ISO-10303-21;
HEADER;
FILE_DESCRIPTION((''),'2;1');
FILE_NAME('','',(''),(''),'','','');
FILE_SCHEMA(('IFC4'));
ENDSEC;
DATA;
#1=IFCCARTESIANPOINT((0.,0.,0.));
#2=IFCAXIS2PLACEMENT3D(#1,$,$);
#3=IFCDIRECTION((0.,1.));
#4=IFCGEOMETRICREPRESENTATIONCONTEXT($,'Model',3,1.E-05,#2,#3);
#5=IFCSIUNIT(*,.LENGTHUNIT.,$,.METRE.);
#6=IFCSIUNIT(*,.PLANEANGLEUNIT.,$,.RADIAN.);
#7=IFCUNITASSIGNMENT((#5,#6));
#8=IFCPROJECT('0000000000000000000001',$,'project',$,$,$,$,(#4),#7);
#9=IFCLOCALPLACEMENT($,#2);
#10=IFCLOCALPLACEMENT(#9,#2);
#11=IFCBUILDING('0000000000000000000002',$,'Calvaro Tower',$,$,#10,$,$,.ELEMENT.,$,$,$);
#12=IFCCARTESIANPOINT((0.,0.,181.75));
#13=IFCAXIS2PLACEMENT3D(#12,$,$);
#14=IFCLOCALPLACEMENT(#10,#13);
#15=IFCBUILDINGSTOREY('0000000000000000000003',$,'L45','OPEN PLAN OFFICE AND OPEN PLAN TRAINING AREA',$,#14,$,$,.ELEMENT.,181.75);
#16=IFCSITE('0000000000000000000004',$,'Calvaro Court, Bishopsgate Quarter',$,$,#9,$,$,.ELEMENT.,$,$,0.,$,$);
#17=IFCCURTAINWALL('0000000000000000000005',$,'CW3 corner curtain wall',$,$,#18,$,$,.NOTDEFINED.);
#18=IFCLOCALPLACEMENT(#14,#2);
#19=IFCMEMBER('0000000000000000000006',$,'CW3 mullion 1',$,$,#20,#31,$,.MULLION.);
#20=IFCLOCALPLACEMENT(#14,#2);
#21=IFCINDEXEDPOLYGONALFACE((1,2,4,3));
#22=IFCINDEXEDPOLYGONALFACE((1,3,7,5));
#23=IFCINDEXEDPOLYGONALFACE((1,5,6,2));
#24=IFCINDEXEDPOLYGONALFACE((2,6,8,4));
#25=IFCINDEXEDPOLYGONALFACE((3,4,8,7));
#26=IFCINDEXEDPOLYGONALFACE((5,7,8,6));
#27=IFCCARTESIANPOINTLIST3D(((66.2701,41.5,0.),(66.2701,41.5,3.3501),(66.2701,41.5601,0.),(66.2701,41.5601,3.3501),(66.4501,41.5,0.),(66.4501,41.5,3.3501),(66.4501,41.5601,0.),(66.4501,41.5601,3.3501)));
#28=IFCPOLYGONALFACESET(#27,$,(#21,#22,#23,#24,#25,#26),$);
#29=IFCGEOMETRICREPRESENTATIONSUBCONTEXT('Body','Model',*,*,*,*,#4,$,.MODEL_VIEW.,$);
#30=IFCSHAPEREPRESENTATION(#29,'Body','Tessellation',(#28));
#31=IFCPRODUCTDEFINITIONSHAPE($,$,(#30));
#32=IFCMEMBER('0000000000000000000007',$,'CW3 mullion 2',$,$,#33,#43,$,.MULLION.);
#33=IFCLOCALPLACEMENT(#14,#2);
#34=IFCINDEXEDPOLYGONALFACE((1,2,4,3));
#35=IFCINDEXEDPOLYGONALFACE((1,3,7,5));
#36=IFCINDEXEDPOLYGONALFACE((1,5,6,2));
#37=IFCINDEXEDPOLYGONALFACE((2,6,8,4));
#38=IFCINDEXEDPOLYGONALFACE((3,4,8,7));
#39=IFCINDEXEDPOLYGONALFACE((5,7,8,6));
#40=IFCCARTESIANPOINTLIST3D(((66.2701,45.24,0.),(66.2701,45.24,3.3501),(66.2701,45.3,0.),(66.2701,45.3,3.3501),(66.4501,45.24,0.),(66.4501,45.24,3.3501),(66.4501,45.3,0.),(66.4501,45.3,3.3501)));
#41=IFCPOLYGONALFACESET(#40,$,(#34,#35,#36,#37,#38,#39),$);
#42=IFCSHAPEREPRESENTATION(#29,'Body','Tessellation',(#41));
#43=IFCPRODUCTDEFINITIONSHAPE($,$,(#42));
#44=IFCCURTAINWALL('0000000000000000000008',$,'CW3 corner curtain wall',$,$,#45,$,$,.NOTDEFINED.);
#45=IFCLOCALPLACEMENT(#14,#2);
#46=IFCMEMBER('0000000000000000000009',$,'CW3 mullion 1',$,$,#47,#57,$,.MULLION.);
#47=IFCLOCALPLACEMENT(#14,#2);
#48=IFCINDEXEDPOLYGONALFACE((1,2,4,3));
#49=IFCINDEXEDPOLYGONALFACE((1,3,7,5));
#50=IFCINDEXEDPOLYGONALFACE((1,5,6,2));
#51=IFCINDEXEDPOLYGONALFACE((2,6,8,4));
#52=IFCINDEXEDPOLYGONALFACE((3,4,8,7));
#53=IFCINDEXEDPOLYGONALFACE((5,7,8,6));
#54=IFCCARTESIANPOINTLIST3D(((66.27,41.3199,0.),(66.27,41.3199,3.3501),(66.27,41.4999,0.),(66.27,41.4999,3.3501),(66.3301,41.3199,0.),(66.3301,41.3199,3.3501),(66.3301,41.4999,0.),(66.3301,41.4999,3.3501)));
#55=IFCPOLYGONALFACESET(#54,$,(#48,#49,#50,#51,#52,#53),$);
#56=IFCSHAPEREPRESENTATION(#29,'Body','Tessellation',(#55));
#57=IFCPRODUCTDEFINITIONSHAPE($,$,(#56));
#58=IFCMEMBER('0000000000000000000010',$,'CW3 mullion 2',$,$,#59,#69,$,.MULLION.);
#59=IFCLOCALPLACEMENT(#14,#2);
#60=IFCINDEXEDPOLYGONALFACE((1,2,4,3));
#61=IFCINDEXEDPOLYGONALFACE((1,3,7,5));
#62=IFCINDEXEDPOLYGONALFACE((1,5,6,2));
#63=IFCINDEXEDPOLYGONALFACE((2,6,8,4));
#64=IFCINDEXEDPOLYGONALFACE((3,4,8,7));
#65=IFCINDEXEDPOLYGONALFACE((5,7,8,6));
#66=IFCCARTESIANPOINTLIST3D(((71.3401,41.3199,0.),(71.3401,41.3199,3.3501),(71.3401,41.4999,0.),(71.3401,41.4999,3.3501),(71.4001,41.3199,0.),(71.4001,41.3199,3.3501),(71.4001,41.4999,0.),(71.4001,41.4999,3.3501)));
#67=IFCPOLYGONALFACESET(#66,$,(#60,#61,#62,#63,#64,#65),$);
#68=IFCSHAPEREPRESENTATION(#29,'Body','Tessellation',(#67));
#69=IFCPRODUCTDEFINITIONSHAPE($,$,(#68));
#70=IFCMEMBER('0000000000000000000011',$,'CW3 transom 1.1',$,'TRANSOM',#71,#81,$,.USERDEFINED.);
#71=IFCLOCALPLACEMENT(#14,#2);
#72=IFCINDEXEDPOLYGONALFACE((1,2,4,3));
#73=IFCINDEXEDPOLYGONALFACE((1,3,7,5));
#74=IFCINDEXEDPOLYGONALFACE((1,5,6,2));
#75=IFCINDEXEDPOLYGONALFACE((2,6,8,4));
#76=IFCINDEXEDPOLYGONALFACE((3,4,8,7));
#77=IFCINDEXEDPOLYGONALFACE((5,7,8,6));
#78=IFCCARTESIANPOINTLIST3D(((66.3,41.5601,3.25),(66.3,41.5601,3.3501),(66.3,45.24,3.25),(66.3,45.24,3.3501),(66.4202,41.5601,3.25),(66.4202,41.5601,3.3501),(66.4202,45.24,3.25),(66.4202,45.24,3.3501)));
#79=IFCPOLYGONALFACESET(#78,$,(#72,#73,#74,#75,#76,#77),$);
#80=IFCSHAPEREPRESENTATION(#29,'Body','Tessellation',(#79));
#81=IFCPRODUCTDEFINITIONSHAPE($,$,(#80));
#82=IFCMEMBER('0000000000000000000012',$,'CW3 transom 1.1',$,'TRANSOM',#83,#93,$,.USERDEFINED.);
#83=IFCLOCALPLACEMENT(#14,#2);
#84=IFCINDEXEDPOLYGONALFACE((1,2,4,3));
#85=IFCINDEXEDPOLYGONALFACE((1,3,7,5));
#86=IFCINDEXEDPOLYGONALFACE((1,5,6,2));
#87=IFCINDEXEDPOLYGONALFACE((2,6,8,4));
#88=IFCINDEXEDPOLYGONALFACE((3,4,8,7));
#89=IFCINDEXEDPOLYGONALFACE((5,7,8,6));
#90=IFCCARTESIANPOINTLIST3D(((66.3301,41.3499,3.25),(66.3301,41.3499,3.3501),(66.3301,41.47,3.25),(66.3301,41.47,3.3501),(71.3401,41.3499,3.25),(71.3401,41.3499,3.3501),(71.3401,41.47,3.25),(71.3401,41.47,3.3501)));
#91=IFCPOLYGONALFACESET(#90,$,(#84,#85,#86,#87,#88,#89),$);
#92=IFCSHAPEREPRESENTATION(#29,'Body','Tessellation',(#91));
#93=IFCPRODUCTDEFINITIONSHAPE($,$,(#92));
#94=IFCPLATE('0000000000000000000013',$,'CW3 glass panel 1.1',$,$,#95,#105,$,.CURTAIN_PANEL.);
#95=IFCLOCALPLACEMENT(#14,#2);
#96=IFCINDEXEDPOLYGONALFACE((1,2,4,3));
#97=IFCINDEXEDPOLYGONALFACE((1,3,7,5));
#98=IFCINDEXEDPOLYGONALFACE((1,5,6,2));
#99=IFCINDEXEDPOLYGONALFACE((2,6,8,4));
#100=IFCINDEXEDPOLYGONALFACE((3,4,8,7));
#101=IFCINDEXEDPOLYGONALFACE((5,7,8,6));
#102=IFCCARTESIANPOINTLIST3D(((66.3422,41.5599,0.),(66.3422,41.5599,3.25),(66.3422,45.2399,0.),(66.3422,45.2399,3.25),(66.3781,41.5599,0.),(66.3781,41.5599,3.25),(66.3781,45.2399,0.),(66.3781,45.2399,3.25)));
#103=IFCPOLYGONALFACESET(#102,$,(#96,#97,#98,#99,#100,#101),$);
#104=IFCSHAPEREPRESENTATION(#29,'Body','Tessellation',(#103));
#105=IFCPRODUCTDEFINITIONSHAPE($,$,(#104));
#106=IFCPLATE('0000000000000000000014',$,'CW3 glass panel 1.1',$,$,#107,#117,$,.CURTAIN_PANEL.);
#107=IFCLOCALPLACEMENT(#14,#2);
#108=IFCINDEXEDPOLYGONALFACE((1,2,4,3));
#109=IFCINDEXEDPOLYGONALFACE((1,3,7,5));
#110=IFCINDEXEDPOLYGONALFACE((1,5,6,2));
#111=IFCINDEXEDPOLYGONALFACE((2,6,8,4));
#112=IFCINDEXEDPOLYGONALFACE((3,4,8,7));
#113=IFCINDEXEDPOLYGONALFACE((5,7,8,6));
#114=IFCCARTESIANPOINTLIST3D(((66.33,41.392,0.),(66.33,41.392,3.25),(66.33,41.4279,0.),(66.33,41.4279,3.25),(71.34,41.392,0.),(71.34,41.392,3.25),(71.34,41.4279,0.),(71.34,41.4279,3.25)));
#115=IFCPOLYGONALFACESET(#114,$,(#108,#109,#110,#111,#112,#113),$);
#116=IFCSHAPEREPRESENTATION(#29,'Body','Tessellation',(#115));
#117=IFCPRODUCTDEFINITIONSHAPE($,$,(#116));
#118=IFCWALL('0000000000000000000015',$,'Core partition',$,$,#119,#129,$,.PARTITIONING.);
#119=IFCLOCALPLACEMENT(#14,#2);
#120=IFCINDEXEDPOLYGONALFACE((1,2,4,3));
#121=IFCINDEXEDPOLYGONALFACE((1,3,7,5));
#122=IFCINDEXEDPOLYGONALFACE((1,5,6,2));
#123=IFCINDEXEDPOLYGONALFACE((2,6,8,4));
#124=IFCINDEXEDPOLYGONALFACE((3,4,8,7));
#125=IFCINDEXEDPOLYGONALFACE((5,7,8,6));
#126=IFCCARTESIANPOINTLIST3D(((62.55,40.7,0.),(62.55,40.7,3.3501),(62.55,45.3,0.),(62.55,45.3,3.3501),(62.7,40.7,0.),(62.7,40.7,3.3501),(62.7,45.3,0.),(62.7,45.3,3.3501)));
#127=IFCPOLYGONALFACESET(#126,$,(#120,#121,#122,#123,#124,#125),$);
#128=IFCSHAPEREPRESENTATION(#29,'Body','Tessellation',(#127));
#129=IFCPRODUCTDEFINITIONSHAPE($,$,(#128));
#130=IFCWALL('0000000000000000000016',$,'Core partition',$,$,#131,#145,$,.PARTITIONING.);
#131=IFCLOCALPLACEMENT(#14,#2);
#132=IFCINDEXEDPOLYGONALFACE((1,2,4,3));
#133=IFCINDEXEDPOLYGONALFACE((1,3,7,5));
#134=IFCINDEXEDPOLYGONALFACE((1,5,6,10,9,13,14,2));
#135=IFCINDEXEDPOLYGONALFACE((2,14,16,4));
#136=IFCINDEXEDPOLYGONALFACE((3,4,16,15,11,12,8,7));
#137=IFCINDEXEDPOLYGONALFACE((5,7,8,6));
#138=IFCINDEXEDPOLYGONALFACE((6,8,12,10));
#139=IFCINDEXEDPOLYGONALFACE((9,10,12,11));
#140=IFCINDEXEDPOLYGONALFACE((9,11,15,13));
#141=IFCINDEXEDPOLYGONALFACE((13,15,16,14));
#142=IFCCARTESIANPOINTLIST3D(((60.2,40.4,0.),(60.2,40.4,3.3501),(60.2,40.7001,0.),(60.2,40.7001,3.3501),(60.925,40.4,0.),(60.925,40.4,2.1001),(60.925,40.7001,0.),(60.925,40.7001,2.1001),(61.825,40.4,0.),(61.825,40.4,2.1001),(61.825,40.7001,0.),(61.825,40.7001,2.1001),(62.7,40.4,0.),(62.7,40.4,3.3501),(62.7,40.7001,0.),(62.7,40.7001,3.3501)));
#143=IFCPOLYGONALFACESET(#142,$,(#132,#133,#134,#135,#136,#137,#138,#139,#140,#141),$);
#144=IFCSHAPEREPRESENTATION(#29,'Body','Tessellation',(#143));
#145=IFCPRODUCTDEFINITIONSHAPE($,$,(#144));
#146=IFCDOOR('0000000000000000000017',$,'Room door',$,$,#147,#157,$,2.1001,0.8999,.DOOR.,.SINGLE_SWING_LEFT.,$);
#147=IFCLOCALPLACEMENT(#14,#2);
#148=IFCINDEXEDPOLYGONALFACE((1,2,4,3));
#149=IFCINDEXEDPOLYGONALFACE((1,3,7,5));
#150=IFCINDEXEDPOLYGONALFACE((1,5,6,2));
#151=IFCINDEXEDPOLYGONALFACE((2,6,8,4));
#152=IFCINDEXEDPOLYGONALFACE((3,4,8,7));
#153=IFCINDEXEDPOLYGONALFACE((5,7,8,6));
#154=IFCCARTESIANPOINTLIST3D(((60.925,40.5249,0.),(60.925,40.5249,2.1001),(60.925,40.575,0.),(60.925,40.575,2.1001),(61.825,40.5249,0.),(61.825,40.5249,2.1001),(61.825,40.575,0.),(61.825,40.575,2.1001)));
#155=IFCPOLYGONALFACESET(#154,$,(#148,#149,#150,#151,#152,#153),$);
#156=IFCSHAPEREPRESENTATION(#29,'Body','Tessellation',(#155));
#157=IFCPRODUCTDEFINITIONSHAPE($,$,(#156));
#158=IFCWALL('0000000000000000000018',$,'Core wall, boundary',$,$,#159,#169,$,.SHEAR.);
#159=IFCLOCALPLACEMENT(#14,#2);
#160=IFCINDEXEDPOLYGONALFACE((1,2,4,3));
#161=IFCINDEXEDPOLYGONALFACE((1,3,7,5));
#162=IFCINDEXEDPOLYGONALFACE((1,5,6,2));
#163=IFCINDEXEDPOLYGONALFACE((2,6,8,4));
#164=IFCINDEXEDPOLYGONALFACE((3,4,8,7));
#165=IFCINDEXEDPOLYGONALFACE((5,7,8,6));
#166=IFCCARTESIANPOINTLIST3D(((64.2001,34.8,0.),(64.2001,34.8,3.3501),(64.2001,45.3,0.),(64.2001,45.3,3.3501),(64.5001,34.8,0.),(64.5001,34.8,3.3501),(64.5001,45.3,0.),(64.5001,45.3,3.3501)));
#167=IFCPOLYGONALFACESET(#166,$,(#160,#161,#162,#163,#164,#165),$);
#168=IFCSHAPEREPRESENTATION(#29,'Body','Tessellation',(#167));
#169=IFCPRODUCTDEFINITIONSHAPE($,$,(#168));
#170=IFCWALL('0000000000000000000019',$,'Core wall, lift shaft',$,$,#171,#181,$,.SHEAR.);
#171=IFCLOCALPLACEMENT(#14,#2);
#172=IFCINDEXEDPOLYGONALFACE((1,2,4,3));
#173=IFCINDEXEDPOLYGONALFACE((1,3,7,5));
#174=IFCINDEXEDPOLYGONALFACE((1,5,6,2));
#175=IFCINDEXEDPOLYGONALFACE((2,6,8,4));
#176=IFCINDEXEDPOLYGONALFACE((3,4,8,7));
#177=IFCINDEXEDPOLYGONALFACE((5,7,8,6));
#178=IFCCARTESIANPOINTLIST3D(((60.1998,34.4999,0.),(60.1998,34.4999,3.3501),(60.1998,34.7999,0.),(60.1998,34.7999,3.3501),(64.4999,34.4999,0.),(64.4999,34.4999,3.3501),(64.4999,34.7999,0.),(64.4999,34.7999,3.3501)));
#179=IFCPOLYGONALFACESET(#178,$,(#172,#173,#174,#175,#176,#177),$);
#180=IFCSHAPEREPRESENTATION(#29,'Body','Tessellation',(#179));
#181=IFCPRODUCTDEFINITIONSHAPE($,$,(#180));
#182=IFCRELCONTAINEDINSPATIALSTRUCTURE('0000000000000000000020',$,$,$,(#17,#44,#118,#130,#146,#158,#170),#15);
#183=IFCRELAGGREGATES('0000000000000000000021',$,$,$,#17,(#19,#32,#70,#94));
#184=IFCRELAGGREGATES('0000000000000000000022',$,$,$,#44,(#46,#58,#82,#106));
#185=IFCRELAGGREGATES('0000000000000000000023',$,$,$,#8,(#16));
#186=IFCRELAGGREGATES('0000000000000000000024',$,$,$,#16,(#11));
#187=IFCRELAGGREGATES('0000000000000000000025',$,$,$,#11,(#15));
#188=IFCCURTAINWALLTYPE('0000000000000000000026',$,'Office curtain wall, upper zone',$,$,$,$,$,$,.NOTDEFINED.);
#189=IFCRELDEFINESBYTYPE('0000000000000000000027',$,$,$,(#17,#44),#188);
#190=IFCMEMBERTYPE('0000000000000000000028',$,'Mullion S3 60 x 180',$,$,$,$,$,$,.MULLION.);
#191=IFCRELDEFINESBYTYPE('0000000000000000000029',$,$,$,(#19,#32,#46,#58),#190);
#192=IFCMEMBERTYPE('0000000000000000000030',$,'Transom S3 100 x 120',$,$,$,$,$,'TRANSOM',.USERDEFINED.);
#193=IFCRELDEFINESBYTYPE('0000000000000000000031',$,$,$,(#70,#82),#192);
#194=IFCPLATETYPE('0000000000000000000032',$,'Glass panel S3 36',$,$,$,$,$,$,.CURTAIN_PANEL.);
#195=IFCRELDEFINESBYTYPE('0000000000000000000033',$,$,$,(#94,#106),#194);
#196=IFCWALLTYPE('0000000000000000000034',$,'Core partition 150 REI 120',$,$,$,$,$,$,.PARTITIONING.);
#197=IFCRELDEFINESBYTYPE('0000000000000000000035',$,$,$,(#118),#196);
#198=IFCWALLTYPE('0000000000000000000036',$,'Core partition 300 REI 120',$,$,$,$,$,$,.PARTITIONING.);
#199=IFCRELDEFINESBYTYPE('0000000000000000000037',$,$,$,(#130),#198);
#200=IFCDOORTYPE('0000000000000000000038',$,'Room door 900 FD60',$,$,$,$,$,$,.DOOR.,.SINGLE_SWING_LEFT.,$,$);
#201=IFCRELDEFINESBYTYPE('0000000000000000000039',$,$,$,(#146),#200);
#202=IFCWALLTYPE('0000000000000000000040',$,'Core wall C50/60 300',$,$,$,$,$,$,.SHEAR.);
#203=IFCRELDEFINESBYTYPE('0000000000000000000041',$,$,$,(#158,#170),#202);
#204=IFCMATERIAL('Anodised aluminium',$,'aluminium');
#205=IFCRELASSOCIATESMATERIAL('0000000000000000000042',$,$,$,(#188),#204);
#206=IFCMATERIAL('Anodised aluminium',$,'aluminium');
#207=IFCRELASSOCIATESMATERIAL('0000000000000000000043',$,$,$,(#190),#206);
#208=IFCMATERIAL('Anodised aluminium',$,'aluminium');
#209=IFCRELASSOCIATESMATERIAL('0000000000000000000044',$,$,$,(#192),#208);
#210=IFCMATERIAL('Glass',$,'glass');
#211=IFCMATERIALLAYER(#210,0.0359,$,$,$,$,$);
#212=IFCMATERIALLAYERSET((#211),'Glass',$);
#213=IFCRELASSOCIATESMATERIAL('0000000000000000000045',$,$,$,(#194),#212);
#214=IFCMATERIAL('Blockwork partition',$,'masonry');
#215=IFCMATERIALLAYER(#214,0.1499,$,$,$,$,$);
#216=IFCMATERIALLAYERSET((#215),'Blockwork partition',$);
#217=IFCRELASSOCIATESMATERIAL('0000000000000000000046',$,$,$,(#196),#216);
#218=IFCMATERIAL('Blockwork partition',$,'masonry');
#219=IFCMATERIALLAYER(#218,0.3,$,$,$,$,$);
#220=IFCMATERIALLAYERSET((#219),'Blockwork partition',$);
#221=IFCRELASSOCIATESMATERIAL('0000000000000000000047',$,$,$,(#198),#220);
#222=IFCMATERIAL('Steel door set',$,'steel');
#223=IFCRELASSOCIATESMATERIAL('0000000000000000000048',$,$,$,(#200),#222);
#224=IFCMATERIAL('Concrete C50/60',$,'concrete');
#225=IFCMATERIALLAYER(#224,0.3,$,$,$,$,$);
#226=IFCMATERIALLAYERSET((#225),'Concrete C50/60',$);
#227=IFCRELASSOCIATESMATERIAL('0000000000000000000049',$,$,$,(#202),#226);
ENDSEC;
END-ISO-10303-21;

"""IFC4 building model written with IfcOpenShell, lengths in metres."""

from ifc_helpers import new_model, si_unit, direction, frame, frame_2d, origin, origin_2d, place, context, subcontext, project, spatial, rectangle, extrude, material, layer, layer_set, material_profile, profile_set, type_object, element, fill, aggregate, save


model = new_model("IFC4")

# Units and contexts
model_context = context("Model", 3, precision=1e-05, world=origin(), true_north=direction((0.0, 1.0)))
body_context = subcontext(model_context, "Body", "Model", "MODEL_VIEW")
ifc_project = project(units=[si_unit("LENGTHUNIT", "METRE"), si_unit("PLANEANGLEUNIT", "RADIAN")], contexts=[model_context])

# Site, building, storey
site_placement = place(None, origin())
site = spatial("IfcSite", under=ifc_project, at=site_placement, Name="Calvaro Court, Bishopsgate Quarter", CompositionType="ELEMENT", RefElevation=0.0)
building_placement = place(site_placement, origin())
building = spatial("IfcBuilding", under=site, at=building_placement, Name="Calvaro Tower", CompositionType="ELEMENT")
storey_placement = place(building_placement, frame((0.0, 0.0, 181.75)))
storey = spatial("IfcBuildingStorey", under=building, at=storey_placement, Name="L45", Description="OPEN PLAN OFFICE AND OPEN PLAN TRAINING AREA", CompositionType="ELEMENT", Elevation=181.75)

# Curtain walls, members
ifc_material_1 = material(Name="Anodised aluminium", Category="aluminium")
curtain_wall_type = type_object("IfcCurtainWallType", Name="Office curtain wall, upper zone", PredefinedType="NOTDEFINED", material=ifc_material_1)
curtain_wall_1_placement = place(storey_placement, origin())
curtain_wall_1 = element("IfcCurtainWall", 1, at=curtain_wall_1_placement, inside=storey, type_object=curtain_wall_type, Name="CW3 corner curtain wall", PredefinedType="NOTDEFINED")
ifc_material_2 = material(Name="Anodised aluminium", Category="aluminium")
ifc_material_profile_1 = material_profile(ifc_material_2, rectangle(XDim=0.1799, YDim=0.0601, at=origin_2d()), Name="Mullion S3 60 x 180")
ifc_profile_set_1 = profile_set([ifc_material_profile_1], Name="Anodised aluminium")
member_type_1 = type_object("IfcMemberType", Name="Mullion S3 60 x 180", PredefinedType="MULLION", material=ifc_profile_set_1)
member_1_placement = place(storey_placement, frame((66.3601, 41.53, 0.0), z_axis=(0.0, 0.0, 1.0), x_axis=(-1.0, 0.0, 0.0)))
member_1 = element("IfcMember", 2, at=member_1_placement, type_object=member_type_1, Name="CW3 mullion 1", PredefinedType="MULLION", context=body_context, shape_type="SweptSolid", body=[
    extrude(rectangle(XDim=0.1799, YDim=0.0601, at=origin_2d()), origin(), (0.0, 0.0, 1.0), 3.3501),
])
member_2_placement = place(storey_placement, frame((66.3601, 45.27, 0.0), z_axis=(0.0, 0.0, 1.0), x_axis=(-1.0, 0.0, 0.0)))
member_2 = element("IfcMember", 3, at=member_2_placement, type_object=member_type_1, Name="CW3 mullion 2", PredefinedType="MULLION", context=body_context, shape_type="SweptSolid", body=[
    extrude(rectangle(XDim=0.1799, YDim=0.0601, at=origin_2d()), origin(), (0.0, 0.0, 1.0), 3.3501),
])
curtain_wall_2_placement = place(storey_placement, origin())
curtain_wall_2 = element("IfcCurtainWall", 4, at=curtain_wall_2_placement, inside=storey, type_object=curtain_wall_type, Name="CW3 corner curtain wall", PredefinedType="NOTDEFINED")
member_3_placement = place(storey_placement, frame((66.3, 41.4099, 0.0), z_axis=(0.0, 0.0, 1.0), x_axis=(0.0, 1.0, 0.0)))
member_3 = element("IfcMember", 5, at=member_3_placement, type_object=member_type_1, Name="CW3 mullion 1", PredefinedType="MULLION", context=body_context, shape_type="SweptSolid", body=[
    extrude(rectangle(XDim=0.1799, YDim=0.0601, at=origin_2d()), origin(), (0.0, 0.0, 1.0), 3.3501),
])
member_4_placement = place(storey_placement, frame((71.3701, 41.4099, 0.0), z_axis=(0.0, 0.0, 1.0), x_axis=(0.0, 1.0, 0.0)))
member_4 = element("IfcMember", 6, at=member_4_placement, type_object=member_type_1, Name="CW3 mullion 2", PredefinedType="MULLION", context=body_context, shape_type="SweptSolid", body=[
    extrude(rectangle(XDim=0.1799, YDim=0.0601, at=origin_2d()), origin(), (0.0, 0.0, 1.0), 3.3501),
])

# Members
ifc_material_3 = material(Name="Anodised aluminium", Category="aluminium")
ifc_material_profile_2 = material_profile(ifc_material_3, rectangle(XDim=0.1201, YDim=0.1001, at=origin_2d()), Name="Transom S3 100 x 120")
ifc_profile_set_2 = profile_set([ifc_material_profile_2], Name="Anodised aluminium")
member_type_2 = type_object("IfcMemberType", Name="Transom S3 100 x 120", ElementType="TRANSOM", PredefinedType="USERDEFINED", material=ifc_profile_set_2)
member_5_placement = place(storey_placement, frame((66.3601, 41.5601, 3.3), z_axis=(0.0, 1.0, 0.0), x_axis=(-1.0, 0.0, 0.0)))
member_5 = element("IfcMember", 7, at=member_5_placement, type_object=member_type_2, Name="CW3 transom 1.1", ObjectType="TRANSOM", PredefinedType="USERDEFINED", context=body_context, shape_type="SweptSolid", body=[
    extrude(rectangle(XDim=0.1201, YDim=0.1001, at=origin_2d()), origin(), (0.0, 0.0, 1.0), 3.6799),
])
member_6_placement = place(storey_placement, frame((66.3301, 41.4099, 3.3), z_axis=(1.0, 0.0, 0.0), x_axis=(0.0, 1.0, 0.0)))
member_6 = element("IfcMember", 8, at=member_6_placement, type_object=member_type_2, Name="CW3 transom 1.1", ObjectType="TRANSOM", PredefinedType="USERDEFINED", context=body_context, shape_type="SweptSolid", body=[
    extrude(rectangle(XDim=0.1201, YDim=0.1001, at=origin_2d()), origin(), (0.0, 0.0, 1.0), 5.01),
])

# Plates
ifc_material_4 = material(Name="Glass", Category="glass")
ifc_layer_1 = layer(ifc_material_4, 0.0359)
ifc_layer_set_1 = layer_set([ifc_layer_1], Name="Glass")
plate_type = type_object("IfcPlateType", Name="Glass panel S3 36", PredefinedType="CURTAIN_PANEL", material=ifc_layer_set_1)
plate_1_placement = place(storey_placement, frame((66.3601, 43.3999, 0.0), z_axis=(0.0, 0.0, 1.0), x_axis=(0.0, 1.0, 0.0)))
plate_1 = element("IfcPlate", 9, at=plate_1_placement, type_object=plate_type, Name="CW3 glass panel 1.1", PredefinedType="CURTAIN_PANEL", context=body_context, shape_type="SweptSolid", body=[
    extrude(rectangle(XDim=3.6799, YDim=0.0359, at=origin_2d()), origin(), (0.0, 0.0, 1.0), 3.25),
])
aggregate(curtain_wall_1, [member_1, member_2, member_5, plate_1])
plate_2_placement = place(storey_placement, frame((68.835, 41.4099, 0.0), z_axis=(0.0, 0.0, 1.0), x_axis=(1.0, 0.0, 0.0)))
plate_2 = element("IfcPlate", 10, at=plate_2_placement, type_object=plate_type, Name="CW3 glass panel 1.1", PredefinedType="CURTAIN_PANEL", context=body_context, shape_type="SweptSolid", body=[
    extrude(rectangle(XDim=5.01, YDim=0.0359, at=origin_2d()), origin(), (0.0, 0.0, 1.0), 3.25),
])
aggregate(curtain_wall_2, [member_3, member_4, member_6, plate_2])

# Wall
ifc_material_5 = material(Name="Blockwork partition", Category="masonry")
ifc_layer_2 = layer(ifc_material_5, 0.1499)
ifc_layer_set_2 = layer_set([ifc_layer_2], Name="Blockwork partition")
wall_type_1 = type_object("IfcWallType", Name="Core partition 150 REI 120", PredefinedType="PARTITIONING", material=ifc_layer_set_2)
wall_1_placement = place(storey_placement, frame((62.625, 40.7, 0.0), z_axis=(0.0, 0.0, 1.0), x_axis=(0.0, 1.0, 0.0)))
element("IfcWall", 11, at=wall_1_placement, inside=storey, type_object=wall_type_1, Name="Core partition", PredefinedType="PARTITIONING", context=body_context, shape_type="SweptSolid", body=[
    extrude(rectangle(XDim=4.6001, YDim=0.1499, at=frame_2d((2.3, 0.0))), origin(), (0.0, 0.0, 1.0), 3.3501),
])

# Wall, opening, door
ifc_material_6 = material(Name="Blockwork partition", Category="masonry")
ifc_layer_3 = layer(ifc_material_6, 0.3)
ifc_layer_set_3 = layer_set([ifc_layer_3], Name="Blockwork partition")
wall_type_2 = type_object("IfcWallType", Name="Core partition 300 REI 120", PredefinedType="PARTITIONING", material=ifc_layer_set_3)
wall_2_placement = place(storey_placement, frame((60.2, 40.55, 0.0), z_axis=(0.0, 0.0, 1.0), x_axis=(1.0, 0.0, 0.0)))
wall_2 = element("IfcWall", 12, at=wall_2_placement, inside=storey, type_object=wall_type_2, Name="Core partition", PredefinedType="PARTITIONING", context=body_context, shape_type="SweptSolid", body=[
    extrude(rectangle(XDim=2.5, YDim=0.3, at=frame_2d((1.25, 0.0))), origin(), (0.0, 0.0, 1.0), 3.3501),
])
opening_1_placement = place(wall_2_placement, frame((0.7251, 0.0, 0.0)))
opening_1 = element("IfcOpeningElement", 13, at=opening_1_placement, cuts=wall_2, PredefinedType="OPENING", context=body_context, shape_type="SweptSolid", body=[
    extrude(rectangle(XDim=0.8999, YDim=2.1001, at=frame_2d((0.45, 1.05))), frame((0.0, 0.1599, 0.0), z_axis=(0.0, -1.0, 0.0), x_axis=(1.0, 0.0, 0.0)), (0.0, 0.0, 1.0), 0.3201),
])
ifc_material_7 = material(Name="Steel door set", Category="steel")
door_type_1 = type_object("IfcDoorType", Name="Room door 900 FD60", OperationType="SINGLE_SWING_LEFT", PredefinedType="DOOR", material=ifc_material_7)
door_1_placement = place(opening_1_placement, origin())
door_1 = element("IfcDoor", 14, at=door_1_placement, inside=storey, type_object=door_type_1, Name="Room door", OperationType="SINGLE_SWING_LEFT", OverallHeight=2.1001, OverallWidth=0.8999, PredefinedType="DOOR", context=body_context, shape_type="SweptSolid", body=[
    extrude(rectangle(XDim=0.8999, YDim=2.1001, at=frame_2d((0.45, 1.05))), frame((0.0, 0.0249, 0.0), z_axis=(0.0, -1.0, 0.0), x_axis=(1.0, 0.0, 0.0)), (0.0, 0.0, 1.0), 0.05),
])
fill(opening_1, door_1)

# Walls
ifc_material_8 = material(Name="Concrete C50/60", Category="concrete")
ifc_layer_4 = layer(ifc_material_8, 0.3)
ifc_layer_set_4 = layer_set([ifc_layer_4], Name="Concrete C50/60")
wall_type_3 = type_object("IfcWallType", Name="Core wall C50/60 300", PredefinedType="SHEAR", material=ifc_layer_set_4)
wall_3_placement = place(storey_placement, frame((64.3501, 34.8, 0.0), z_axis=(0.0, 0.0, 1.0), x_axis=(0.0, 1.0, 0.0)))
element("IfcWall", 15, at=wall_3_placement, inside=storey, type_object=wall_type_3, Name="Core wall, boundary", PredefinedType="SHEAR", context=body_context, shape_type="SweptSolid", body=[
    extrude(rectangle(XDim=10.5, YDim=0.3, at=frame_2d((5.25, 0.0))), origin(), (0.0, 0.0, 1.0), 3.3501),
])
wall_4_placement = place(storey_placement, frame((60.2, 34.6499, 0.0), z_axis=(0.0, 0.0, 1.0), x_axis=(1.0, 0.0, 0.0)))
element("IfcWall", 16, at=wall_4_placement, inside=storey, type_object=wall_type_3, Name="Core wall, lift shaft", PredefinedType="SHEAR", context=body_context, shape_type="SweptSolid", body=[
    extrude(rectangle(XDim=4.3, YDim=0.3, at=frame_2d((2.1499, 0.0))), origin(), (0.0, 0.0, 1.0), 3.3501),
])

save(model, "model.ifc")
